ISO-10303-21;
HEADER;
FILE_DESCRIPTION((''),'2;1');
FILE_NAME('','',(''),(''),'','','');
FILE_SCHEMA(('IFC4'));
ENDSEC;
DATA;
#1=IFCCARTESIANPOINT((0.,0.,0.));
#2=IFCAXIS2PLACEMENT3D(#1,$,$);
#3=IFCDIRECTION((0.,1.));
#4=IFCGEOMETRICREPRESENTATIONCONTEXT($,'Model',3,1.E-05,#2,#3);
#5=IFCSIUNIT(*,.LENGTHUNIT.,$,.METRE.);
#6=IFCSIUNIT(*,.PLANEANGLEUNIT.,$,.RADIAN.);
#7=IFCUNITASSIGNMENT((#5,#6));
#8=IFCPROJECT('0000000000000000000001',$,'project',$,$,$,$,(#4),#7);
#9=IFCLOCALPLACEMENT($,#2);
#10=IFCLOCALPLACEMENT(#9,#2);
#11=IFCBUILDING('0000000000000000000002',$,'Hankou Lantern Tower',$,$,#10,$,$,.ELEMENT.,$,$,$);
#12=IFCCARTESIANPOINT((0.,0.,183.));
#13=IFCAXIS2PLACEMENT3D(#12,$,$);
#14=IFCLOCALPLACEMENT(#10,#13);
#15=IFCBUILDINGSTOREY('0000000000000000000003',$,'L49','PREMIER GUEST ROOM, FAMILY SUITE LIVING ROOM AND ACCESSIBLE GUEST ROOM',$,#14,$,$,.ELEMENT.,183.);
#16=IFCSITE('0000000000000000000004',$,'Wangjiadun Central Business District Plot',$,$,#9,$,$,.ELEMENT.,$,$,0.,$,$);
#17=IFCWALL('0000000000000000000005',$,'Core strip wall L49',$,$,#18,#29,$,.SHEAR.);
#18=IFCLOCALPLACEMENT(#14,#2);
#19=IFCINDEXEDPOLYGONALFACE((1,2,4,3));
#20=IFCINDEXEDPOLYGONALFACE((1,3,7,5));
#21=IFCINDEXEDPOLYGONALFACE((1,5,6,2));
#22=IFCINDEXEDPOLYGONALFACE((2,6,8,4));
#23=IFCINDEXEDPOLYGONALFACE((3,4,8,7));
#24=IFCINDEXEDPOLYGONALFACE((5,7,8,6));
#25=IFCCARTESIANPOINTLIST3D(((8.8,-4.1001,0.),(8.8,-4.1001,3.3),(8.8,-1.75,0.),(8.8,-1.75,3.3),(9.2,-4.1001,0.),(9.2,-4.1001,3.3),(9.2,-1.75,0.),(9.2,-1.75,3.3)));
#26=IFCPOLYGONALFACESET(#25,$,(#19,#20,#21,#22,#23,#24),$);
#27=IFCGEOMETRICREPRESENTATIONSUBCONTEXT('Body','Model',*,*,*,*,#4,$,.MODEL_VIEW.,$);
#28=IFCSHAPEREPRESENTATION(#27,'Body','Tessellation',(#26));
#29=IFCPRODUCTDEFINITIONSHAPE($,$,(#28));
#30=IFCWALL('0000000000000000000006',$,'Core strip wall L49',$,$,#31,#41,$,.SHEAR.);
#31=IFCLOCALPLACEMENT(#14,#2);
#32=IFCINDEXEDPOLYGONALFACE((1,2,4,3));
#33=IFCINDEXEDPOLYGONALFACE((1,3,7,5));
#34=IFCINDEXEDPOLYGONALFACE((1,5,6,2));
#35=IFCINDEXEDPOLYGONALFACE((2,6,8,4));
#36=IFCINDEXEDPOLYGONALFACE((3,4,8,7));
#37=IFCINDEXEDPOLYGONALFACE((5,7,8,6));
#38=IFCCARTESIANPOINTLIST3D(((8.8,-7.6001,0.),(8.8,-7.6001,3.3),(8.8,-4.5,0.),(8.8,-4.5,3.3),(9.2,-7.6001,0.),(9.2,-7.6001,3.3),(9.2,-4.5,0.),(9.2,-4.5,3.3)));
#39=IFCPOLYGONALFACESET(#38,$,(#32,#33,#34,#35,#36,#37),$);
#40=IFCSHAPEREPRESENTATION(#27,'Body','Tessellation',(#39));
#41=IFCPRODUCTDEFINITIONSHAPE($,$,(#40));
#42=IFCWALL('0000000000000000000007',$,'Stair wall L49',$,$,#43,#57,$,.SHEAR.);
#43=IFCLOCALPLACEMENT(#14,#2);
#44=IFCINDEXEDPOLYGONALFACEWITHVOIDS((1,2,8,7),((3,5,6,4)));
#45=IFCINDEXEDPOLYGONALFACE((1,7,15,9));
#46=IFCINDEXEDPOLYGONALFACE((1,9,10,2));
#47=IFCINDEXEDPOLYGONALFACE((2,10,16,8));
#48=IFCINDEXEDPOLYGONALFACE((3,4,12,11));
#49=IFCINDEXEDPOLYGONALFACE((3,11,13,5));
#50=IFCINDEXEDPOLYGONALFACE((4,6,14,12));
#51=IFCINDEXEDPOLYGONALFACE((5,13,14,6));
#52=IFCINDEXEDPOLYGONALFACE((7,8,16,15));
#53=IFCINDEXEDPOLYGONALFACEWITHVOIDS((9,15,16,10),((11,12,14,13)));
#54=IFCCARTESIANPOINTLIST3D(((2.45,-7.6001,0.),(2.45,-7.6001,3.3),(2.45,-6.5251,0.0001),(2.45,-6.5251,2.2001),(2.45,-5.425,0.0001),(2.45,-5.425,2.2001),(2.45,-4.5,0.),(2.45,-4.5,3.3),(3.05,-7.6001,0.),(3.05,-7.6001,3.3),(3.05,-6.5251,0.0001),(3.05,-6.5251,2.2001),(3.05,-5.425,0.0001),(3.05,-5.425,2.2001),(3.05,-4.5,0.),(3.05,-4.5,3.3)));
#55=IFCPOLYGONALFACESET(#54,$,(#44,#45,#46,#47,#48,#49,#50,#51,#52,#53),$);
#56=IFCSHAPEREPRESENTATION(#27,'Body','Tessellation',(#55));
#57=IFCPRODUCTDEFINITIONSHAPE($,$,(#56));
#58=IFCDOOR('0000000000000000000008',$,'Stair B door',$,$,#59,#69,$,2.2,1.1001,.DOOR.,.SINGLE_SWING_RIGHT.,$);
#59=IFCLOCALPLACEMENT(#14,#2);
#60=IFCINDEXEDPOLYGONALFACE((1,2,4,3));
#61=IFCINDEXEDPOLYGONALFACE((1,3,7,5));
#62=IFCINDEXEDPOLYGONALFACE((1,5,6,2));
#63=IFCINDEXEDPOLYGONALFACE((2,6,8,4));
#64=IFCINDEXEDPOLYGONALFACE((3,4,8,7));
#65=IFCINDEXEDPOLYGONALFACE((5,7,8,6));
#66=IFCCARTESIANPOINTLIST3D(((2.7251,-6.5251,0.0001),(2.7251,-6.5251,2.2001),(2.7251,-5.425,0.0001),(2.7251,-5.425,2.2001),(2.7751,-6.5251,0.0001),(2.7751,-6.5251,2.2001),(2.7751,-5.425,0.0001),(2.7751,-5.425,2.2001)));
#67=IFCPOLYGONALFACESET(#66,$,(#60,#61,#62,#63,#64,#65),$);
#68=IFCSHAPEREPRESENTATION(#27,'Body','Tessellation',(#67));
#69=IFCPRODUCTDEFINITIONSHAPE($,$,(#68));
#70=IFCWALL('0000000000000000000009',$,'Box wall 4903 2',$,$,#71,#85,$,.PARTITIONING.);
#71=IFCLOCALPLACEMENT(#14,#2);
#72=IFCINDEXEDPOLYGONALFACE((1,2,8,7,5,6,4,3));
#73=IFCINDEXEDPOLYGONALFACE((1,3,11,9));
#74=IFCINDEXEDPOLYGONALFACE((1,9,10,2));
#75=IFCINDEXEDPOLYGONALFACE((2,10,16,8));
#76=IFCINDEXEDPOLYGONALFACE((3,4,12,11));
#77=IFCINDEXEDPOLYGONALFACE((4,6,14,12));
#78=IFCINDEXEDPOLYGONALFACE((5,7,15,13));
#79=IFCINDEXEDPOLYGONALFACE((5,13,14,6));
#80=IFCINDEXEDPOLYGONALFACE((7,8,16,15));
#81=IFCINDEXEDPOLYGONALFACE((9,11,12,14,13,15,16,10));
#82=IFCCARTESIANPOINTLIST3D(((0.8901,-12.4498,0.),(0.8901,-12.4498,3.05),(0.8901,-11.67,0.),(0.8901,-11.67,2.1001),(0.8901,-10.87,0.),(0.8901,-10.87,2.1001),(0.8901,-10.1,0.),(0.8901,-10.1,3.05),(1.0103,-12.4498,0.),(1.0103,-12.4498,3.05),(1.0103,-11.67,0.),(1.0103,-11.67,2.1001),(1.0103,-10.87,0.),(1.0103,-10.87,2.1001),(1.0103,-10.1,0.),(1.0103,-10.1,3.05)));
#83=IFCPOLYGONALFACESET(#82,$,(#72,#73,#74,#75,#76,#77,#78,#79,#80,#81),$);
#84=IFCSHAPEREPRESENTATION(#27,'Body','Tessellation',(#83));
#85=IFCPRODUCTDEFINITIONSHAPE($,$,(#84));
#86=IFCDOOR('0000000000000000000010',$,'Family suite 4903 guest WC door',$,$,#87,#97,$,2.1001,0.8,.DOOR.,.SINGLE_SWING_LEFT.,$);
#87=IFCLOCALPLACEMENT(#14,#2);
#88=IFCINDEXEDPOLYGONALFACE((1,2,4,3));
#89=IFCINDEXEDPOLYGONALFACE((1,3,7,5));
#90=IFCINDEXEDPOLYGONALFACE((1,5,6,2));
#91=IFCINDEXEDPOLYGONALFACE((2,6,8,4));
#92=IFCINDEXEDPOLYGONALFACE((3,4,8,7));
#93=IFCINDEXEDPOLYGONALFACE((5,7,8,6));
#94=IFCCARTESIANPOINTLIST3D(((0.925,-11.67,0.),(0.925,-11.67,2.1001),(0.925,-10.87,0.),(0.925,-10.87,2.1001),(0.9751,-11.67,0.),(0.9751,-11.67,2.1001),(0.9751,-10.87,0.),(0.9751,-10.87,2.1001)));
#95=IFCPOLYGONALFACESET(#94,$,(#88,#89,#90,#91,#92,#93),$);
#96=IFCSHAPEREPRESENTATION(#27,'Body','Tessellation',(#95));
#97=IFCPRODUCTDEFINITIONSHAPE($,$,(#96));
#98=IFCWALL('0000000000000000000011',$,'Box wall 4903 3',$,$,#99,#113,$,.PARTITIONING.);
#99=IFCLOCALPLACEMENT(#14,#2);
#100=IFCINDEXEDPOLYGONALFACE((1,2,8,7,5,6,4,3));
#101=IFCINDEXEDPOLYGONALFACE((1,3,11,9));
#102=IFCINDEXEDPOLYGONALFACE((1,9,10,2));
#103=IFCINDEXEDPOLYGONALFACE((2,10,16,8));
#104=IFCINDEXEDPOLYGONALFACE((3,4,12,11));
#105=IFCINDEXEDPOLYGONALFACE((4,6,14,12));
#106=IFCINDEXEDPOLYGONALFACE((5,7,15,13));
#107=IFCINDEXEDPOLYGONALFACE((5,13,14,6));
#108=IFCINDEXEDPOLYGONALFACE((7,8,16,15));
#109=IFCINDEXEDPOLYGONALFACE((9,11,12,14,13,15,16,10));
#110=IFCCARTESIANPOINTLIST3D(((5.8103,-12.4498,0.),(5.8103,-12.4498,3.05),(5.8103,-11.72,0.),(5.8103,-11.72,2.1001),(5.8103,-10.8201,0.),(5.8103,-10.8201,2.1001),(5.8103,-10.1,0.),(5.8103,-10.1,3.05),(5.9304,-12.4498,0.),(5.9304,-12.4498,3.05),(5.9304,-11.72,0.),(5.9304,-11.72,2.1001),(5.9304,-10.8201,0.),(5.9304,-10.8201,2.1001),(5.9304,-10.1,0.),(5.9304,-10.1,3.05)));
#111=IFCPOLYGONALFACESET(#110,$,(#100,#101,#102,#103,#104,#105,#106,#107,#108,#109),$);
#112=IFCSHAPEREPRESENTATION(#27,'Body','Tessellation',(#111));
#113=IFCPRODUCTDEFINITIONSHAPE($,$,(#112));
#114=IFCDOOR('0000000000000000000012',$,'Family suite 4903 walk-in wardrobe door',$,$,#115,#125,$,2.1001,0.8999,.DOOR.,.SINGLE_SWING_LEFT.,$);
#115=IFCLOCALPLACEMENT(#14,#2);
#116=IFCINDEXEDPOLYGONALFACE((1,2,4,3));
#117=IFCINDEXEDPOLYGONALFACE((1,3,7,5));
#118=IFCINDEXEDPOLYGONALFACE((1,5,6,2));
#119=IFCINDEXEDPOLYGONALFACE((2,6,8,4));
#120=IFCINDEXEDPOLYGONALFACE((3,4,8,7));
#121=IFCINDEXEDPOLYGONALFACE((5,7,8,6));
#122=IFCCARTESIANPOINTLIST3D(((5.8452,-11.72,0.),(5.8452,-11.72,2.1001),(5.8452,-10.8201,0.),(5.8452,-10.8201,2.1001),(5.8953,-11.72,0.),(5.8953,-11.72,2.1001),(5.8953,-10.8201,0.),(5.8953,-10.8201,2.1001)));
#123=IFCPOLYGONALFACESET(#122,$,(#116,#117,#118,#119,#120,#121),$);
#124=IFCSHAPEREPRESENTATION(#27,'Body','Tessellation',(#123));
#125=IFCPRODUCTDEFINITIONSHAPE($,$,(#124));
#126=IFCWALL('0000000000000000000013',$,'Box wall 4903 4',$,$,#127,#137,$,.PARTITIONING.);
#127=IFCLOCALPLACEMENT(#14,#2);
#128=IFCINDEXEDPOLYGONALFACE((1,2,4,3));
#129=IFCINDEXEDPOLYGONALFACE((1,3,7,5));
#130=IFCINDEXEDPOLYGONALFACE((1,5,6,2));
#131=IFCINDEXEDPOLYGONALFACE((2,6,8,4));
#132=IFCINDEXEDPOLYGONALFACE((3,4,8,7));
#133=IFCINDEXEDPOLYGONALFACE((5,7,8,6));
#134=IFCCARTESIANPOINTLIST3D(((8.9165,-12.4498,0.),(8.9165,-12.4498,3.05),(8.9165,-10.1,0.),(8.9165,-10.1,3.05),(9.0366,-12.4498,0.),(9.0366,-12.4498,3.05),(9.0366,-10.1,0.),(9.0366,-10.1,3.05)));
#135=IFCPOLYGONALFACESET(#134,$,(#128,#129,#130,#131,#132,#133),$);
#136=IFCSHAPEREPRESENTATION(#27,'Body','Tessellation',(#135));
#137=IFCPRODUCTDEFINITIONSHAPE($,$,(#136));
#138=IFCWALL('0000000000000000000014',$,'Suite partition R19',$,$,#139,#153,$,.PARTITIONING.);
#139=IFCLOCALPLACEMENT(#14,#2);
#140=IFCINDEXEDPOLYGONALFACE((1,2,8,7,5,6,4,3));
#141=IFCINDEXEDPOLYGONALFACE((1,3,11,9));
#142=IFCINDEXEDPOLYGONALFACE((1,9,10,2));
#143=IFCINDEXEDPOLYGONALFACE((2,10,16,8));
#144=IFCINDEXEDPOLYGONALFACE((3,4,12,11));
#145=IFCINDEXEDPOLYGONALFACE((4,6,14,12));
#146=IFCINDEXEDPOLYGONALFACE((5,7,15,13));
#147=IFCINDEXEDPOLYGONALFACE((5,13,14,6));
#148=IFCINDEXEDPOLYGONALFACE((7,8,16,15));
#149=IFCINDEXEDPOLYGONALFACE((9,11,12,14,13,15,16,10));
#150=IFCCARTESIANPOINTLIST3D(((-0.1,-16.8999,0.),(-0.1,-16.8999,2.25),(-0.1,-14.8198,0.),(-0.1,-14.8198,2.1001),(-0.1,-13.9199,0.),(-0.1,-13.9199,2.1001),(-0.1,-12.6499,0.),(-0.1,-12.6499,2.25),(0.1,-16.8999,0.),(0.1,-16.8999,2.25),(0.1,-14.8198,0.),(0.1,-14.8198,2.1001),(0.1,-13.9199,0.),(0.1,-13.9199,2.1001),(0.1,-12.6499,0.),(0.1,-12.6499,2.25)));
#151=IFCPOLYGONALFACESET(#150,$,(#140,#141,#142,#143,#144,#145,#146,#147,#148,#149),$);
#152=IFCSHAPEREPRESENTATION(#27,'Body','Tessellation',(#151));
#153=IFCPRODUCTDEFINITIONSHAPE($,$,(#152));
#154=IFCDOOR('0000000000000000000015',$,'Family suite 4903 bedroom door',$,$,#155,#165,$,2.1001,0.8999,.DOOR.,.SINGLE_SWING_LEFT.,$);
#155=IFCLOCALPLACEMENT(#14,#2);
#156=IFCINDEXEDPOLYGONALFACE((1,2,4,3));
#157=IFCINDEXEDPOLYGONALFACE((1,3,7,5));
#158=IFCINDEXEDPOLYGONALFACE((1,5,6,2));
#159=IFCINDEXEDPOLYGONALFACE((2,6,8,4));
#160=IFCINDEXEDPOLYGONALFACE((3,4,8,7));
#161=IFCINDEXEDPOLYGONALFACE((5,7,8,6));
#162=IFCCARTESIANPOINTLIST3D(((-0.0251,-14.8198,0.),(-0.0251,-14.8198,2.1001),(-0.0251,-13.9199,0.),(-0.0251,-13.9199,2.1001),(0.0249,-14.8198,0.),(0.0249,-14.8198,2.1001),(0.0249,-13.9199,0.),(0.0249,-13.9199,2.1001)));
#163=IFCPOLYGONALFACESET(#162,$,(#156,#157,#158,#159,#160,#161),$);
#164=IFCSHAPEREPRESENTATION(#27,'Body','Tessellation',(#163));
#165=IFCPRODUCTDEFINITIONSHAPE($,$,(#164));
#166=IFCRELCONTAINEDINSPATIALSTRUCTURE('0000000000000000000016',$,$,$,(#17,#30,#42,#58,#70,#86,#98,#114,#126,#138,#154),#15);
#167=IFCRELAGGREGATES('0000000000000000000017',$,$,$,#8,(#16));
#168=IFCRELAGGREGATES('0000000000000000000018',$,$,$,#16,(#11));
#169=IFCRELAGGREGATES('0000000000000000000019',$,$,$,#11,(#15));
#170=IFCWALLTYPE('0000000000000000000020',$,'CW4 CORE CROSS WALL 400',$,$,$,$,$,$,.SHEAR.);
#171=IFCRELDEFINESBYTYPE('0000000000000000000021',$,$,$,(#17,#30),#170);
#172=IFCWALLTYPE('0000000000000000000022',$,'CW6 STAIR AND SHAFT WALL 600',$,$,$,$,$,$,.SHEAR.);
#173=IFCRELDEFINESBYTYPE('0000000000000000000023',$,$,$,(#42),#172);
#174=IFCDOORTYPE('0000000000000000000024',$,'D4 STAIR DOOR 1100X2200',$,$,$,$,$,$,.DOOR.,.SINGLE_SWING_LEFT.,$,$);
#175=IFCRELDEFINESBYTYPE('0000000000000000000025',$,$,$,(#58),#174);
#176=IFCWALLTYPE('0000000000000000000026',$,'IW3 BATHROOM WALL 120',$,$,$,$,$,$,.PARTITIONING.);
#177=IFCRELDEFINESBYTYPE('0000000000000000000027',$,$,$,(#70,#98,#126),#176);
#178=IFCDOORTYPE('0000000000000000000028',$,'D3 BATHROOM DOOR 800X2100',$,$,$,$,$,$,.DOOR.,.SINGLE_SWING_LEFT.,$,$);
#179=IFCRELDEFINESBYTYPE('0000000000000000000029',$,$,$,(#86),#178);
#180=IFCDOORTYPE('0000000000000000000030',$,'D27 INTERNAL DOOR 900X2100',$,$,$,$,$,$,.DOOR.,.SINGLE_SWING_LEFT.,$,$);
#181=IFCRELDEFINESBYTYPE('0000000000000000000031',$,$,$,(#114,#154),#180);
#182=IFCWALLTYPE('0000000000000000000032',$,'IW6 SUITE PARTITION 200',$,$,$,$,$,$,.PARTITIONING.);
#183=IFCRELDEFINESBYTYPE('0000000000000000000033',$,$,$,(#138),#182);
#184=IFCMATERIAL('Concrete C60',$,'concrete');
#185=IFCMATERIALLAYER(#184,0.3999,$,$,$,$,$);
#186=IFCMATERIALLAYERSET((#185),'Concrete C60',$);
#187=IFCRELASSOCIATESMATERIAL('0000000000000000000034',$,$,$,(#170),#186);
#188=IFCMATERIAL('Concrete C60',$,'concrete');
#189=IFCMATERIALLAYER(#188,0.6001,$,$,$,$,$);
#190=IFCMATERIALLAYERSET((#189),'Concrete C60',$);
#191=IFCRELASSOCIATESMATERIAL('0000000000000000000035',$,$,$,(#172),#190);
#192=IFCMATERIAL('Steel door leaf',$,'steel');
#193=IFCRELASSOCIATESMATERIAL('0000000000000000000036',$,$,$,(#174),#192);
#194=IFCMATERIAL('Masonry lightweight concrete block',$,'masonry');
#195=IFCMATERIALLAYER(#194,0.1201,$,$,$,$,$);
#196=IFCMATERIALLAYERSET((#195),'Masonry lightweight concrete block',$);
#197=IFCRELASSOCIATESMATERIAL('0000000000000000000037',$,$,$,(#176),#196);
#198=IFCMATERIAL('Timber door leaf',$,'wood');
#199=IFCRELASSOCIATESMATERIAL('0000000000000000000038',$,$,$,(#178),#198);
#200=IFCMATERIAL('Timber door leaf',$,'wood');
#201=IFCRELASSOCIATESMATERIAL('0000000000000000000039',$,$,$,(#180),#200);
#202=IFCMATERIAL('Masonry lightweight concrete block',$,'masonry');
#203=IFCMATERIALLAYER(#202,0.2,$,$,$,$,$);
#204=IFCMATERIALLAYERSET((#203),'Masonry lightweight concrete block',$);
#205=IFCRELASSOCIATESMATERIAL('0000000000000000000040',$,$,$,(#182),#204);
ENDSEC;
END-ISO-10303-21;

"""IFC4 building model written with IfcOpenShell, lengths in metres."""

from ifc_helpers import new_model, si_unit, direction, frame, frame_2d, origin, place, context, subcontext, project, spatial, rectangle, extrude, material, layer, layer_set, type_object, element, fill, save


model = new_model("IFC4")

# Units and contexts
model_context = context("Model", 3, precision=1e-05, world=origin(), true_north=direction((0.0, 1.0)))
body_context = subcontext(model_context, "Body", "Model", "MODEL_VIEW")
ifc_project = project(units=[si_unit("LENGTHUNIT", "METRE"), si_unit("PLANEANGLEUNIT", "RADIAN")], contexts=[model_context])

# Site, building, storey
site_placement = place(None, origin())
site = spatial("IfcSite", under=ifc_project, at=site_placement, Name="Wangjiadun Central Business District Plot", CompositionType="ELEMENT", RefElevation=0.0)
building_placement = place(site_placement, origin())
building = spatial("IfcBuilding", under=site, at=building_placement, Name="Hankou Lantern Tower", CompositionType="ELEMENT")
storey_placement = place(building_placement, frame((0.0, 0.0, 183.0)))
storey = spatial("IfcBuildingStorey", under=building, at=storey_placement, Name="L49", Description="PREMIER GUEST ROOM, FAMILY SUITE LIVING ROOM AND ACCESSIBLE GUEST ROOM", CompositionType="ELEMENT", Elevation=183.0)

# Walls
ifc_material_1 = material(Name="Concrete C60", Category="concrete")
ifc_layer_1 = layer(ifc_material_1, 0.3999)
ifc_layer_set_1 = layer_set([ifc_layer_1], Name="Concrete C60")
wall_type_1 = type_object("IfcWallType", Name="CW4 CORE CROSS WALL 400", PredefinedType="SHEAR", material=ifc_layer_set_1)
wall_1_placement = place(storey_placement, frame((9.0, -4.1001, 0.0), z_axis=(0.0, 0.0, 1.0), x_axis=(0.0, 1.0, 0.0)))
element("IfcWall", 1, at=wall_1_placement, inside=storey, type_object=wall_type_1, Name="Core strip wall L49", PredefinedType="SHEAR", context=body_context, shape_type="SweptSolid", body=[
    extrude(rectangle(XDim=2.3501, YDim=0.3999, at=frame_2d((1.175, 0.0))), origin(), (0.0, 0.0, 1.0), 3.3),
])
wall_2_placement = place(storey_placement, frame((9.0, -7.6001, 0.0), z_axis=(0.0, 0.0, 1.0), x_axis=(0.0, 1.0, 0.0)))
element("IfcWall", 2, at=wall_2_placement, inside=storey, type_object=wall_type_1, Name="Core strip wall L49", PredefinedType="SHEAR", context=body_context, shape_type="SweptSolid", body=[
    extrude(rectangle(XDim=3.1001, YDim=0.3999, at=frame_2d((1.55, 0.0))), origin(), (0.0, 0.0, 1.0), 3.3),
])

# Walls, openings, doors
ifc_material_2 = material(Name="Concrete C60", Category="concrete")
ifc_layer_2 = layer(ifc_material_2, 0.6001)
ifc_layer_set_2 = layer_set([ifc_layer_2], Name="Concrete C60")
wall_type_2 = type_object("IfcWallType", Name="CW6 STAIR AND SHAFT WALL 600", PredefinedType="SHEAR", material=ifc_layer_set_2)
wall_3_placement = place(storey_placement, frame((2.75, -7.6001, 0.0), z_axis=(0.0, 0.0, 1.0), x_axis=(0.0, 1.0, 0.0)))
wall_3 = element("IfcWall", 3, at=wall_3_placement, inside=storey, type_object=wall_type_2, Name="Stair wall L49", PredefinedType="SHEAR", context=body_context, shape_type="SweptSolid", body=[
    extrude(rectangle(XDim=3.1001, YDim=0.6001, at=frame_2d((1.55, 0.0))), origin(), (0.0, 0.0, 1.0), 3.3),
])
opening_1_placement = place(wall_3_placement, frame((1.075, 0.0, 0.0)))
opening_1 = element("IfcOpeningElement", 4, at=opening_1_placement, cuts=wall_3, PredefinedType="OPENING", context=body_context, shape_type="SweptSolid", body=[
    extrude(rectangle(XDim=1.1001, YDim=2.2, at=frame_2d((0.55, 1.1001))), frame((0.0, 0.3101, 0.0), z_axis=(0.0, -1.0, 0.0), x_axis=(1.0, 0.0, 0.0)), (0.0, 0.0, 1.0), 0.6201),
])
ifc_material_3 = material(Name="Steel door leaf", Category="steel")
door_type_1 = type_object("IfcDoorType", Name="D4 STAIR DOOR 1100X2200", OperationType="SINGLE_SWING_LEFT", PredefinedType="DOOR", material=ifc_material_3)
door_1_placement = place(opening_1_placement, origin())
door_1 = element("IfcDoor", 5, at=door_1_placement, inside=storey, type_object=door_type_1, Name="Stair B door", OperationType="SINGLE_SWING_RIGHT", OverallHeight=2.2, OverallWidth=1.1001, PredefinedType="DOOR", context=body_context, shape_type="SweptSolid", body=[
    extrude(rectangle(XDim=1.1001, YDim=2.2, at=frame_2d((0.55, 1.1001))), frame((0.0, 0.0249, 0.0), z_axis=(0.0, -1.0, 0.0), x_axis=(1.0, 0.0, 0.0)), (0.0, 0.0, 1.0), 0.05),
])
fill(opening_1, door_1)
ifc_material_4 = material(Name="Masonry lightweight concrete block", Category="masonry")
ifc_layer_3 = layer(ifc_material_4, 0.1201)
ifc_layer_set_3 = layer_set([ifc_layer_3], Name="Masonry lightweight concrete block")
wall_type_3 = type_object("IfcWallType", Name="IW3 BATHROOM WALL 120", PredefinedType="PARTITIONING", material=ifc_layer_set_3)
wall_4_placement = place(storey_placement, frame((0.9502, -10.1001, 0.0), z_axis=(0.0, 0.0, 1.0), x_axis=(0.0, -1.0, 0.0)))
wall_4 = element("IfcWall", 6, at=wall_4_placement, inside=storey, type_object=wall_type_3, Name="Box wall 4903 2", PredefinedType="PARTITIONING", context=body_context, shape_type="SweptSolid", body=[
    extrude(rectangle(XDim=2.3499, YDim=0.1201, at=frame_2d((1.1748, 0.0))), origin(), (0.0, 0.0, 1.0), 3.05),
])
opening_2_placement = place(wall_4_placement, frame((0.77, 0.0, 0.0)))
opening_2 = element("IfcOpeningElement", 7, at=opening_2_placement, cuts=wall_4, PredefinedType="OPENING", context=body_context, shape_type="SweptSolid", body=[
    extrude(rectangle(XDim=0.8, YDim=2.1001, at=frame_2d((0.3999, 1.05))), frame((0.0, 0.0701, 0.0), z_axis=(0.0, -1.0, 0.0), x_axis=(1.0, 0.0, 0.0)), (0.0, 0.0, 1.0), 0.1401),
])
ifc_material_5 = material(Name="Timber door leaf", Category="wood")
door_type_2 = type_object("IfcDoorType", Name="D3 BATHROOM DOOR 800X2100", OperationType="SINGLE_SWING_LEFT", PredefinedType="DOOR", material=ifc_material_5)
door_2_placement = place(opening_2_placement, origin())
door_2 = element("IfcDoor", 8, at=door_2_placement, inside=storey, type_object=door_type_2, Name="Family suite 4903 guest WC door", OperationType="SINGLE_SWING_LEFT", OverallHeight=2.1001, OverallWidth=0.8, PredefinedType="DOOR", context=body_context, shape_type="SweptSolid", body=[
    extrude(rectangle(XDim=0.8, YDim=2.1001, at=frame_2d((0.3999, 1.05))), frame((0.0, 0.0249, 0.0), z_axis=(0.0, -1.0, 0.0), x_axis=(1.0, 0.0, 0.0)), (0.0, 0.0, 1.0), 0.05),
])
fill(opening_2, door_2)
wall_5_placement = place(storey_placement, frame((5.8704, -10.1001, 0.0), z_axis=(0.0, 0.0, 1.0), x_axis=(0.0, -1.0, 0.0)))
wall_5 = element("IfcWall", 9, at=wall_5_placement, inside=storey, type_object=wall_type_3, Name="Box wall 4903 3", PredefinedType="PARTITIONING", context=body_context, shape_type="SweptSolid", body=[
    extrude(rectangle(XDim=2.3499, YDim=0.1201, at=frame_2d((1.1748, 0.0))), origin(), (0.0, 0.0, 1.0), 3.05),
])
opening_3_placement = place(wall_5_placement, frame((0.72, 0.0, 0.0)))
opening_3 = element("IfcOpeningElement", 10, at=opening_3_placement, cuts=wall_5, PredefinedType="OPENING", context=body_context, shape_type="SweptSolid", body=[
    extrude(rectangle(XDim=0.8999, YDim=2.1001, at=frame_2d((0.45, 1.05))), frame((0.0, 0.0701, 0.0), z_axis=(0.0, -1.0, 0.0), x_axis=(1.0, 0.0, 0.0)), (0.0, 0.0, 1.0), 0.1401),
])
ifc_material_6 = material(Name="Timber door leaf", Category="wood")
door_type_3 = type_object("IfcDoorType", Name="D27 INTERNAL DOOR 900X2100", OperationType="SINGLE_SWING_LEFT", PredefinedType="DOOR", material=ifc_material_6)
door_3_placement = place(opening_3_placement, origin())
door_3 = element("IfcDoor", 11, at=door_3_placement, inside=storey, type_object=door_type_3, Name="Family suite 4903 walk-in wardrobe door", OperationType="SINGLE_SWING_LEFT", OverallHeight=2.1001, OverallWidth=0.8999, PredefinedType="DOOR", context=body_context, shape_type="SweptSolid", body=[
    extrude(rectangle(XDim=0.8999, YDim=2.1001, at=frame_2d((0.45, 1.05))), frame((0.0, 0.0249, 0.0), z_axis=(0.0, -1.0, 0.0), x_axis=(1.0, 0.0, 0.0)), (0.0, 0.0, 1.0), 0.05),
])
fill(opening_3, door_3)

# Wall
wall_6_placement = place(storey_placement, frame((8.9766, -10.1001, 0.0), z_axis=(0.0, 0.0, 1.0), x_axis=(0.0, -1.0, 0.0)))
element("IfcWall", 12, at=wall_6_placement, inside=storey, type_object=wall_type_3, Name="Box wall 4903 4", PredefinedType="PARTITIONING", context=body_context, shape_type="SweptSolid", body=[
    extrude(rectangle(XDim=2.3499, YDim=0.1201, at=frame_2d((1.1748, 0.0))), origin(), (0.0, 0.0, 1.0), 3.05),
])

# Wall, opening, door
ifc_material_7 = material(Name="Masonry lightweight concrete block", Category="masonry")
ifc_layer_4 = layer(ifc_material_7, 0.2)
ifc_layer_set_4 = layer_set([ifc_layer_4], Name="Masonry lightweight concrete block")
wall_type_4 = type_object("IfcWallType", Name="IW6 SUITE PARTITION 200", PredefinedType="PARTITIONING", material=ifc_layer_set_4)
wall_7_placement = place(storey_placement, frame((0.0, -12.6499, 0.0), z_axis=(0.0, 0.0, 1.0), x_axis=(0.0, -1.0, 0.0)))
wall_7 = element("IfcWall", 13, at=wall_7_placement, inside=storey, type_object=wall_type_4, Name="Suite partition R19", PredefinedType="PARTITIONING", context=body_context, shape_type="SweptSolid", body=[
    extrude(rectangle(XDim=4.25, YDim=0.2, at=frame_2d((2.125, 0.0))), origin(), (0.0, 0.0, 1.0), 2.25),
])
opening_4_placement = place(wall_7_placement, frame((1.27, 0.0, 0.0)))
opening_4 = element("IfcOpeningElement", 14, at=opening_4_placement, cuts=wall_7, PredefinedType="OPENING", context=body_context, shape_type="SweptSolid", body=[
    extrude(rectangle(XDim=0.8999, YDim=2.1001, at=frame_2d((0.45, 1.05))), frame((0.0, 0.1099, 0.0), z_axis=(0.0, -1.0, 0.0), x_axis=(1.0, 0.0, 0.0)), (0.0, 0.0, 1.0), 0.22),
])
door_4_placement = place(opening_4_placement, origin())
door_4 = element("IfcDoor", 15, at=door_4_placement, inside=storey, type_object=door_type_3, Name="Family suite 4903 bedroom door", OperationType="SINGLE_SWING_LEFT", OverallHeight=2.1001, OverallWidth=0.8999, PredefinedType="DOOR", context=body_context, shape_type="SweptSolid", body=[
    extrude(rectangle(XDim=0.8999, YDim=2.1001, at=frame_2d((0.45, 1.05))), frame((0.0, 0.0249, 0.0), z_axis=(0.0, -1.0, 0.0), x_axis=(1.0, 0.0, 0.0)), (0.0, 0.0, 1.0), 0.05),
])
fill(opening_4, door_4)

save(model, "model.ifc")
